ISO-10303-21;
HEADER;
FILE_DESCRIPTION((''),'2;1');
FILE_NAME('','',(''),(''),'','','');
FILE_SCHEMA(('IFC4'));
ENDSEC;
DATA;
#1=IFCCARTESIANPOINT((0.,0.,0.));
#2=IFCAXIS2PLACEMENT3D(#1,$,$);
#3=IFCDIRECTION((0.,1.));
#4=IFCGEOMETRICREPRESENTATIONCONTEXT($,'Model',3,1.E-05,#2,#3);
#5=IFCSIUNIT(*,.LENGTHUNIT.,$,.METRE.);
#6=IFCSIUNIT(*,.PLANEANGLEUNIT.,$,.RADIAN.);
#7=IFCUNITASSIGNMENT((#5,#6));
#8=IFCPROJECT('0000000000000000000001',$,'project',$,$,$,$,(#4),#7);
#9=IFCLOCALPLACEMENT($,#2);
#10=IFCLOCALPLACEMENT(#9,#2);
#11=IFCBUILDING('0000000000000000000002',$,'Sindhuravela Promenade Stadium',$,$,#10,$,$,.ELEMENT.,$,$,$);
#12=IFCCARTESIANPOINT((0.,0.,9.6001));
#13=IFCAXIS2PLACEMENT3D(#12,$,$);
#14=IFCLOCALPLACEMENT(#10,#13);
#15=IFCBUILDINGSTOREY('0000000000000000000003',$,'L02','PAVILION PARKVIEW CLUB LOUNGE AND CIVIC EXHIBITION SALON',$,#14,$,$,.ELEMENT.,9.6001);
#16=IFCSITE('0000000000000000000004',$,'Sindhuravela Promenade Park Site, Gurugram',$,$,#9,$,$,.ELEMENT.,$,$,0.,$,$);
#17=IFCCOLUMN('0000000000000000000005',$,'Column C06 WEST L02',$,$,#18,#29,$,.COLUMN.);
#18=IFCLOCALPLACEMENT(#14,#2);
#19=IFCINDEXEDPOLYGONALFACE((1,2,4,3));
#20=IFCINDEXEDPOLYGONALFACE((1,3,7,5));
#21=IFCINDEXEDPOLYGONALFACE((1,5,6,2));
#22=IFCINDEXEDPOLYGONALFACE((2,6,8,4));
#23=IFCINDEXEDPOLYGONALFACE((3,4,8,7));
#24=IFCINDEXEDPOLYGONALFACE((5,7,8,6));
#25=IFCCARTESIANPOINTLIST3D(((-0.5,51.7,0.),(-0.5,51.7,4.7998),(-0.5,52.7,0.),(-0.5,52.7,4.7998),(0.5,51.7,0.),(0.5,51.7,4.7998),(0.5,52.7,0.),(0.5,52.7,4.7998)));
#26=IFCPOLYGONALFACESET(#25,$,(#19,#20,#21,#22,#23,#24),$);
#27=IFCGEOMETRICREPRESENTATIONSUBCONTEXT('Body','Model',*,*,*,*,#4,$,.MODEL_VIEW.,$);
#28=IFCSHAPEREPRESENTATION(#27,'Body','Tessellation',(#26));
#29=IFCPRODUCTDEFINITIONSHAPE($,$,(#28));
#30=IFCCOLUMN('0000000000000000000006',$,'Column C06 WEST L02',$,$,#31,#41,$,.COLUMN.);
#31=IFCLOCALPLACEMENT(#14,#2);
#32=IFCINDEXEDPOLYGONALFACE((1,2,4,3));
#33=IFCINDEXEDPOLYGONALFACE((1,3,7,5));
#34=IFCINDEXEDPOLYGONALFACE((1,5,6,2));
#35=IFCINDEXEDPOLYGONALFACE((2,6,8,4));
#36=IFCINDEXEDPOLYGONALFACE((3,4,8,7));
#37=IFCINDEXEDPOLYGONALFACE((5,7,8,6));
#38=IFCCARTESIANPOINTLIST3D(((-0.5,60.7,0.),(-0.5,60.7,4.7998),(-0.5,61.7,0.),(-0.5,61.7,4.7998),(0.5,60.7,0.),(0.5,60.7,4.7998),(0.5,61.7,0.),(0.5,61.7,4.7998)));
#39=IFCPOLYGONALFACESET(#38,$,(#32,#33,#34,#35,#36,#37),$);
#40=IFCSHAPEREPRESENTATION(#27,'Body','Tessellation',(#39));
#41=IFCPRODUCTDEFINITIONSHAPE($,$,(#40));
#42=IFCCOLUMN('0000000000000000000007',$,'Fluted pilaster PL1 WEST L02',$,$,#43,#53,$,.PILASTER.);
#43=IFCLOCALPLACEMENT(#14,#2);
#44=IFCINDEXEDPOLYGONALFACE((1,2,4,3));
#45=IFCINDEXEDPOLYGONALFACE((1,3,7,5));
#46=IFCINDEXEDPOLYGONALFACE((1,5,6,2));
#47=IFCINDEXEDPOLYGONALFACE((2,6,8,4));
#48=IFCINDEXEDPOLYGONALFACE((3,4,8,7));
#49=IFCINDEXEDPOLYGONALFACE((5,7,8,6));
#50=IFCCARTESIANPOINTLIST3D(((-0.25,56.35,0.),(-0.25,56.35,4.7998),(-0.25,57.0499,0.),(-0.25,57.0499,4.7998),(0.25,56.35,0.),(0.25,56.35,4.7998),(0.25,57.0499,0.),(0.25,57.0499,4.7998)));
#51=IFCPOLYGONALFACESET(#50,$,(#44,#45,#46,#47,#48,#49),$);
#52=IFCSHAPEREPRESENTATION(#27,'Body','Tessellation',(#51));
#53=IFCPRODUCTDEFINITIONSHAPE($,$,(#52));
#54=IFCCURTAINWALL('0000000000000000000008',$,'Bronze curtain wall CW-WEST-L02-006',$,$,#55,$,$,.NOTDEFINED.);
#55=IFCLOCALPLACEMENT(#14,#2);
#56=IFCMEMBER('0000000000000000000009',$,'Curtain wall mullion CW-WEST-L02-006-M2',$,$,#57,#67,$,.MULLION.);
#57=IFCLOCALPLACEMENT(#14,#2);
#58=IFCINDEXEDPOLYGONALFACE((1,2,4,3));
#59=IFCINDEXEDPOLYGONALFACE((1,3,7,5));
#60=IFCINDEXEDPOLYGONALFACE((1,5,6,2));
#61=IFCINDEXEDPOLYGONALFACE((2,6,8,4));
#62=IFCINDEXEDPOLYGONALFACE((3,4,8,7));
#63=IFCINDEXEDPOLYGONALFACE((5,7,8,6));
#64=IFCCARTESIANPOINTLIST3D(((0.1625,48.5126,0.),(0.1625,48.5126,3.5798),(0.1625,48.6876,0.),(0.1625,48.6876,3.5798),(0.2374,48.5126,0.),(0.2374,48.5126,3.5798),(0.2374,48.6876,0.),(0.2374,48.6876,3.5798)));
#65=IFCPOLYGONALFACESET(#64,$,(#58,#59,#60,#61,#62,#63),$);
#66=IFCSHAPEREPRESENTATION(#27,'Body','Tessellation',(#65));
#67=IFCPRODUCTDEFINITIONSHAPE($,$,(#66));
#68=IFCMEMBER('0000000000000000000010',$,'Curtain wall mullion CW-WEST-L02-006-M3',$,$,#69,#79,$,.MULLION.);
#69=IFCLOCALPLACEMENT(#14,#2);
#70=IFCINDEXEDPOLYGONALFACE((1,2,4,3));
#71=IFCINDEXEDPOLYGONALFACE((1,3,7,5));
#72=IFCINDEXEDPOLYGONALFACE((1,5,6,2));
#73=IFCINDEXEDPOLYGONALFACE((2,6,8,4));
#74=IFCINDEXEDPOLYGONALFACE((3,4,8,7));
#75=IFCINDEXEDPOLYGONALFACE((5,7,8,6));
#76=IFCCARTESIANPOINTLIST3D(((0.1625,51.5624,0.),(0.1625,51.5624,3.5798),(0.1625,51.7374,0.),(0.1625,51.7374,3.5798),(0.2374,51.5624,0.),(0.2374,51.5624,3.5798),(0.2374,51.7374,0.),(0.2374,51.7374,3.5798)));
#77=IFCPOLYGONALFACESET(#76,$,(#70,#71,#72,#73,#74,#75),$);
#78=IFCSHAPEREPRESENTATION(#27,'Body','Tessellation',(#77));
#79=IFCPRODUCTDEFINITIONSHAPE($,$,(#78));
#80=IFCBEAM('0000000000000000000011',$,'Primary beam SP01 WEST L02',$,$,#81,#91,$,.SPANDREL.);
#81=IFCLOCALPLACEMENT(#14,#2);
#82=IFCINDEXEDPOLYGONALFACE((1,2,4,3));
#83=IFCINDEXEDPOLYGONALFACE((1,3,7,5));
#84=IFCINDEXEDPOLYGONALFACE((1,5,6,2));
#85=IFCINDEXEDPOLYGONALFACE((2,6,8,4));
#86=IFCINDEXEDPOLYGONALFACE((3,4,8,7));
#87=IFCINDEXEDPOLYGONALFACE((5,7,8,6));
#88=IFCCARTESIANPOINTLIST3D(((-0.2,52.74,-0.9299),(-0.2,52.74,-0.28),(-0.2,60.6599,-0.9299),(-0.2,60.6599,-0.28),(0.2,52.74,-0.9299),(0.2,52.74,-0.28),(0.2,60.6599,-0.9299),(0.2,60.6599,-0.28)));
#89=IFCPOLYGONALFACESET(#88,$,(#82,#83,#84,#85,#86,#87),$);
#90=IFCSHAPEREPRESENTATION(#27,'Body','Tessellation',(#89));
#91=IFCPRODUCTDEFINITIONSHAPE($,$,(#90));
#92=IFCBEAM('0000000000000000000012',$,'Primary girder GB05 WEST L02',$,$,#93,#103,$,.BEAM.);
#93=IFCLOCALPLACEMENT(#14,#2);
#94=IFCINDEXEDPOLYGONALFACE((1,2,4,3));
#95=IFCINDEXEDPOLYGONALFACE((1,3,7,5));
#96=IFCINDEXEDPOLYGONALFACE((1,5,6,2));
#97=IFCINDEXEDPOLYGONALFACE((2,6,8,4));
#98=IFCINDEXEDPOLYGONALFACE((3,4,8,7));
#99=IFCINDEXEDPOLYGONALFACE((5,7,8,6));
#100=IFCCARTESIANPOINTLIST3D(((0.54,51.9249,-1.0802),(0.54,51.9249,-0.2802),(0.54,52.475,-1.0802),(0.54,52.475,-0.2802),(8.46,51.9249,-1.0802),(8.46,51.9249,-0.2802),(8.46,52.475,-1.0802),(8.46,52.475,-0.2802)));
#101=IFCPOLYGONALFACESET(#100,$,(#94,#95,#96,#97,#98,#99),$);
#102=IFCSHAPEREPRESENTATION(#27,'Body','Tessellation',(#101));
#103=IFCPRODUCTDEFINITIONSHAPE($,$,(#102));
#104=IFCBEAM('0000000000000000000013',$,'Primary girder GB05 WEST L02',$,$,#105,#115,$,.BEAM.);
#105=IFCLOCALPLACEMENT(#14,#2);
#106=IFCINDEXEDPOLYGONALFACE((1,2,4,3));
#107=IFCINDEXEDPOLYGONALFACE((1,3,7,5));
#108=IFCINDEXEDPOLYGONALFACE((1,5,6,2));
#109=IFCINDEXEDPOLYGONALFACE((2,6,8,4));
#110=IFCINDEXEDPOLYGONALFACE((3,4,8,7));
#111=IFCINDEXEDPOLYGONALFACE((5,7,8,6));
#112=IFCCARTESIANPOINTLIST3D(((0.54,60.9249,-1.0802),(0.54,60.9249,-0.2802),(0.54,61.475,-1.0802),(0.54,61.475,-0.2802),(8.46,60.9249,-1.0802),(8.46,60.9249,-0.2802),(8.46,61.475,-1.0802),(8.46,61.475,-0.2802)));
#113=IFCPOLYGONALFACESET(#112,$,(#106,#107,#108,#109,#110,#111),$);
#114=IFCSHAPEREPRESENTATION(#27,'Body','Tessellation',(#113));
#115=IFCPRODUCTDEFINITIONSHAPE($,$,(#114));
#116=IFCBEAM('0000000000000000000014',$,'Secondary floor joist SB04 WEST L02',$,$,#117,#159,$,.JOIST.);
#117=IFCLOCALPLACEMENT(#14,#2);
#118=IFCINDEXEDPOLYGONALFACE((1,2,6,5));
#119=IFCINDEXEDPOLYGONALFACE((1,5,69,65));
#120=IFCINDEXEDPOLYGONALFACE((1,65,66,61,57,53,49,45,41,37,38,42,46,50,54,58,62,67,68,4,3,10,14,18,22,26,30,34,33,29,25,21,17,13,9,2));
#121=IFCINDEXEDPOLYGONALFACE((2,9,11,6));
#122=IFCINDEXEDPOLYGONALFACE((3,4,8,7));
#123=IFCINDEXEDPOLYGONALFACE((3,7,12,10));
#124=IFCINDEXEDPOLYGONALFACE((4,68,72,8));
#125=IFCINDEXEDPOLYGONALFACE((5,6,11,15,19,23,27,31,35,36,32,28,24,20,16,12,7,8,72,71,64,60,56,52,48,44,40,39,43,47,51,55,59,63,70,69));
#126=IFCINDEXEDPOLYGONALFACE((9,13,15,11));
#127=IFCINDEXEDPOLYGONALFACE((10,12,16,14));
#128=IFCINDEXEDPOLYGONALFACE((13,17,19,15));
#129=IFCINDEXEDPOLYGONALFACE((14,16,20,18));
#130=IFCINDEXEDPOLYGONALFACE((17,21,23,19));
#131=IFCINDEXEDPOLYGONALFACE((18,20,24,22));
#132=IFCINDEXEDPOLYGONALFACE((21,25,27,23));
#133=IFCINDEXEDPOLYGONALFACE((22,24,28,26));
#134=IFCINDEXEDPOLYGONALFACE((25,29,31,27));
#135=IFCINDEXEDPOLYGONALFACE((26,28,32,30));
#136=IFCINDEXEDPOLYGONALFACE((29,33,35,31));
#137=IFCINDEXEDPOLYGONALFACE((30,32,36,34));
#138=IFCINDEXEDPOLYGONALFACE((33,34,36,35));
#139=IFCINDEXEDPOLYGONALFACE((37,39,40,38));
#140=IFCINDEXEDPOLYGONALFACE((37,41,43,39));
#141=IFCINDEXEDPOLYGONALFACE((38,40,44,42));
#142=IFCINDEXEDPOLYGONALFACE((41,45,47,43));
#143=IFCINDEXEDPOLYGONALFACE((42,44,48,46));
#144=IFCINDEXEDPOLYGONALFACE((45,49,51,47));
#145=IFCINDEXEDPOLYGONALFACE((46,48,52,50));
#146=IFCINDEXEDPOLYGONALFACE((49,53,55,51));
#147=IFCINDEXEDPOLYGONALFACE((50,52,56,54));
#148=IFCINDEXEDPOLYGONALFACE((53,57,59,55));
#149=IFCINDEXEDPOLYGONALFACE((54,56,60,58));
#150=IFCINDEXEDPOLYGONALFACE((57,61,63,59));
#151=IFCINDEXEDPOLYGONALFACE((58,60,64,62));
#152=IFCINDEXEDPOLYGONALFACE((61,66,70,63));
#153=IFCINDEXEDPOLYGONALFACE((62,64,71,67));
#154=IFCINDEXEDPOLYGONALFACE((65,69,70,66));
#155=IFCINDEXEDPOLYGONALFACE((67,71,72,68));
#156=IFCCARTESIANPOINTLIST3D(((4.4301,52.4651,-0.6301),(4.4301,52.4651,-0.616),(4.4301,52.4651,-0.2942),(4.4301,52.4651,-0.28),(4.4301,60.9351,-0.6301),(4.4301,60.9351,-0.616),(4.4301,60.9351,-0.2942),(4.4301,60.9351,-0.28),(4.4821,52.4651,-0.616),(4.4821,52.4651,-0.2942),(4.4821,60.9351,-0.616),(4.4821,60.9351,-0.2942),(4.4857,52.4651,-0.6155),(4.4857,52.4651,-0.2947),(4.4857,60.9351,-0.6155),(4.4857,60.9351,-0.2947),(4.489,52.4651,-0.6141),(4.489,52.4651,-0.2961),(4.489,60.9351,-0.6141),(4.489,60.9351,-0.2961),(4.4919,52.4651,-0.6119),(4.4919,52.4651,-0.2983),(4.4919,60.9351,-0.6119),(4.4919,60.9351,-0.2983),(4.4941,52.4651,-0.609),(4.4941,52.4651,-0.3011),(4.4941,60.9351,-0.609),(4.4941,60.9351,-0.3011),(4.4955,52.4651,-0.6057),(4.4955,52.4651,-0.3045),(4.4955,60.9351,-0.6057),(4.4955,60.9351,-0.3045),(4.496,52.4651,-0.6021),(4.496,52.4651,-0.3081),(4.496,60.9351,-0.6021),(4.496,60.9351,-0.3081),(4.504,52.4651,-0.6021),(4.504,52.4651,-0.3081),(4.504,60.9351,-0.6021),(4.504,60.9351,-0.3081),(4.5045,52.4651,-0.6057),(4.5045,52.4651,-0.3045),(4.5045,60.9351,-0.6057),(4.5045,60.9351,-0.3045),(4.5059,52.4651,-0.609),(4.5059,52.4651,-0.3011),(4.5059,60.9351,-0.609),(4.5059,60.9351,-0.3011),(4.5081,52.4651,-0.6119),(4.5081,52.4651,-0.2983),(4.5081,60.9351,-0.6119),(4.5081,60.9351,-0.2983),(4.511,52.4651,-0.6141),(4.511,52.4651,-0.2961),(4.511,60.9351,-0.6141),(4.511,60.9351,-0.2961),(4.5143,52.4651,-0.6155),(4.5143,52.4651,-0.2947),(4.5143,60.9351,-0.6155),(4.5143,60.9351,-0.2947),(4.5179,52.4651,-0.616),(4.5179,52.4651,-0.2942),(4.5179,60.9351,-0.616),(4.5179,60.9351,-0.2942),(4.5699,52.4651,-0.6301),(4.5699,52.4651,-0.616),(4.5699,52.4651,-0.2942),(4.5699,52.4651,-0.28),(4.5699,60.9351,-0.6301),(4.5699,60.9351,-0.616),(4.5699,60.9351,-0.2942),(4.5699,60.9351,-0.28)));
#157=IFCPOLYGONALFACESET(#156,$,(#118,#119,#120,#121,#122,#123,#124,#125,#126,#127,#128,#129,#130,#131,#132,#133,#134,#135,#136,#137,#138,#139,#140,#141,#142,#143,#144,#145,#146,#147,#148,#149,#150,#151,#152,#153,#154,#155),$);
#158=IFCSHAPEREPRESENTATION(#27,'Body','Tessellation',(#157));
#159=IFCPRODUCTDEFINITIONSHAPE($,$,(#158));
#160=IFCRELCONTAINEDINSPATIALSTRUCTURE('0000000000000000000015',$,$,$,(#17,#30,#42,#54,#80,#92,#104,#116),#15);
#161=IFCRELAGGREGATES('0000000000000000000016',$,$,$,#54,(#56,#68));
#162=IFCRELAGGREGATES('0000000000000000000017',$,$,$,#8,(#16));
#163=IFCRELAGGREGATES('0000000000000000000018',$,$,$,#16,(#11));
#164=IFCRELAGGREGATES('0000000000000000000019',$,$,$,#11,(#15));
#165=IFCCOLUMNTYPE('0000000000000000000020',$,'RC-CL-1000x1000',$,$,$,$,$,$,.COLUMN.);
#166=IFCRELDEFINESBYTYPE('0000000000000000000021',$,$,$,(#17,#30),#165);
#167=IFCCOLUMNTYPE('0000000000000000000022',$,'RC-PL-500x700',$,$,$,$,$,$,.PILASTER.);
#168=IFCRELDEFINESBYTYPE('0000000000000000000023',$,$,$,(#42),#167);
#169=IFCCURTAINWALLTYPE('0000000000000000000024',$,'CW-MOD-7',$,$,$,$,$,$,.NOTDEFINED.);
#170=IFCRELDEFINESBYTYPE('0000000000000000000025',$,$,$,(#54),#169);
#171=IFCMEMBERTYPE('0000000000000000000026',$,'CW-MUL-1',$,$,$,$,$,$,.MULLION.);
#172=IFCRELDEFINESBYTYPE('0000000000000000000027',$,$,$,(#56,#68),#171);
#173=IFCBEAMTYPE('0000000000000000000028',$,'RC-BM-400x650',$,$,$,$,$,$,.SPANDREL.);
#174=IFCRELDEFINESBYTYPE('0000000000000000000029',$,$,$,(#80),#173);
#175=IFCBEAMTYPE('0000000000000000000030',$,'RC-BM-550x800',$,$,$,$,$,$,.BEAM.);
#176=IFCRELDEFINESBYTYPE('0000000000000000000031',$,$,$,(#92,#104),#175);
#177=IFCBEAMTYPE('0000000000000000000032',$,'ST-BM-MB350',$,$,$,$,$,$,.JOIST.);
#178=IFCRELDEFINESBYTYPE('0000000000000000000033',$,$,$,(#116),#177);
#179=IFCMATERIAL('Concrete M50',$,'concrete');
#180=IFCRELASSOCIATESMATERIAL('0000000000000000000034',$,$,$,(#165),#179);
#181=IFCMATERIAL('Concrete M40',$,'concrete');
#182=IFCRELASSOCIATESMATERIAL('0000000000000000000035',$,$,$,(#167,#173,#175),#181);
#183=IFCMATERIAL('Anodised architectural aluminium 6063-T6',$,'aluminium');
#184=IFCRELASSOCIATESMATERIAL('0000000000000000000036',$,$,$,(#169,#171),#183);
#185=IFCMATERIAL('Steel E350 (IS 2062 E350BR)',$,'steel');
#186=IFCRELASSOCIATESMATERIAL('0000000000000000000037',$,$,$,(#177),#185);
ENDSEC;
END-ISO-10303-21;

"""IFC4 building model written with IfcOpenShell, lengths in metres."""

from ifc_helpers import new_model, si_unit, direction, frame, origin, origin_2d, place, context, subcontext, project, spatial, rectangle, i_section, extrude, material, material_profile, profile_set, type_object, element, aggregate, save


model = new_model("IFC4")

# Units and contexts
model_context = context("Model", 3, precision=1e-05, world=origin(), true_north=direction((0.0, 1.0)))
body_context = subcontext(model_context, "Body", "Model", "MODEL_VIEW")
ifc_project = project(units=[si_unit("LENGTHUNIT", "METRE"), si_unit("PLANEANGLEUNIT", "RADIAN")], contexts=[model_context])

# Site, building, storey
site_placement = place(None, origin())
site = spatial("IfcSite", under=ifc_project, at=site_placement, Name="Sindhuravela Promenade Park Site, Gurugram", CompositionType="ELEMENT", RefElevation=0.0)
building_placement = place(site_placement, origin())
building = spatial("IfcBuilding", under=site, at=building_placement, Name="Sindhuravela Promenade Stadium", CompositionType="ELEMENT")
storey_placement = place(building_placement, frame((0.0, 0.0, 9.6001)))
storey = spatial("IfcBuildingStorey", under=building, at=storey_placement, Name="L02", Description="PAVILION PARKVIEW CLUB LOUNGE AND CIVIC EXHIBITION SALON", CompositionType="ELEMENT", Elevation=9.6001)

# Columns
ifc_material_1 = material(Name="Concrete M50", Category="concrete")
ifc_material_profile_1 = material_profile(ifc_material_1, rectangle(XDim=1.0, YDim=1.0, at=origin_2d()), Name="RC 1000x1000")
ifc_profile_set_1 = profile_set([ifc_material_profile_1], Name="Concrete M50")
column_type_1 = type_object("IfcColumnType", Name="RC-CL-1000x1000", PredefinedType="COLUMN", material=ifc_profile_set_1)
for number, where, z_axis, x_axis, name in (
    (1, (0.0, 52.2, 0.0), (0.0, 0.0, 1.0), (1.0, 0.0, 0.0), "Column C06 WEST L02"),
    (2, (0.0, 61.2, 0.0), (0.0, 0.0, 1.0), (1.0, 0.0, 0.0), "Column C06 WEST L02"),
):
    element("IfcColumn", number, at=place(storey_placement, frame(where, z_axis=z_axis, x_axis=x_axis)), inside=storey, type_object=column_type_1, Name=name, PredefinedType="COLUMN", context=body_context, shape_type="SweptSolid", body=[
        extrude(rectangle(XDim=1.0, YDim=1.0, at=origin_2d()), origin(), (0.0, 0.0, 1.0), 4.7998),
    ])
ifc_material_2 = material(Name="Concrete M40", Category="concrete")
ifc_material_profile_2 = material_profile(ifc_material_2, rectangle(XDim=0.5, YDim=0.7, at=origin_2d()), Name="PIL 500x700")
ifc_profile_set_2 = profile_set([ifc_material_profile_2], Name="Concrete M40")
column_type_2 = type_object("IfcColumnType", Name="RC-PL-500x700", PredefinedType="PILASTER", material=ifc_profile_set_2)
column_placement = place(storey_placement, frame((0.0, 56.7, 0.0), z_axis=(0.0, 0.0, 1.0), x_axis=(1.0, 0.0, 0.0)))
element("IfcColumn", 3, at=column_placement, inside=storey, type_object=column_type_2, Name="Fluted pilaster PL1 WEST L02", PredefinedType="PILASTER", context=body_context, shape_type="SweptSolid", body=[
    extrude(rectangle(XDim=0.5, YDim=0.7, at=origin_2d()), origin(), (0.0, 0.0, 1.0), 4.7998),
])

# Curtain wall, members
ifc_material_3 = material(Name="Anodised architectural aluminium 6063-T6", Category="aluminium")
curtain_wall_type = type_object("IfcCurtainWallType", Name="CW-MOD-7", PredefinedType="NOTDEFINED", material=ifc_material_3)
curtain_wall_placement = place(storey_placement, origin())
curtain_wall = element("IfcCurtainWall", 4, at=curtain_wall_placement, inside=storey, type_object=curtain_wall_type, Name="Bronze curtain wall CW-WEST-L02-006", PredefinedType="NOTDEFINED")
ifc_material_profile_3 = material_profile(ifc_material_3, rectangle(XDim=0.075, YDim=0.175, at=origin_2d()), Name="ALU MULL 75x175")
ifc_profile_set_3 = profile_set([ifc_material_profile_3], Name="Anodised architectural aluminium 6063-T6")
member_type = type_object("IfcMemberType", Name="CW-MUL-1", PredefinedType="MULLION", material=ifc_profile_set_3)
member_1_placement = place(storey_placement, frame((0.2, 48.6001, 0.0), z_axis=(0.0, 0.0, 1.0), x_axis=(1.0, 0.0, 0.0)))
member_1 = element("IfcMember", 5, at=member_1_placement, type_object=member_type, Name="Curtain wall mullion CW-WEST-L02-006-M2", PredefinedType="MULLION", context=body_context, shape_type="SweptSolid", body=[
    extrude(rectangle(XDim=0.075, YDim=0.175, at=origin_2d()), origin(), (0.0, 0.0, 1.0), 3.5798),
])
member_2_placement = place(storey_placement, frame((0.2, 51.6499, 0.0), z_axis=(0.0, 0.0, 1.0), x_axis=(1.0, 0.0, 0.0)))
member_2 = element("IfcMember", 6, at=member_2_placement, type_object=member_type, Name="Curtain wall mullion CW-WEST-L02-006-M3", PredefinedType="MULLION", context=body_context, shape_type="SweptSolid", body=[
    extrude(rectangle(XDim=0.075, YDim=0.175, at=origin_2d()), origin(), (0.0, 0.0, 1.0), 3.5798),
])

# Beams
ifc_material_profile_4 = material_profile(ifc_material_2, rectangle(XDim=0.3999, YDim=0.6499, at=origin_2d()), Name="RC 400x650")
ifc_profile_set_4 = profile_set([ifc_material_profile_4], Name="Concrete M40")
beam_type_1 = type_object("IfcBeamType", Name="RC-BM-400x650", PredefinedType="SPANDREL", material=ifc_profile_set_4)
beam_1_placement = place(storey_placement, frame((0.0, 52.74, -0.605), z_axis=(0.0, 1.0, 0.0), x_axis=(-1.0, 0.0, 0.0)))
element("IfcBeam", 7, at=beam_1_placement, inside=storey, type_object=beam_type_1, Name="Primary beam SP01 WEST L02", PredefinedType="SPANDREL", context=body_context, shape_type="SweptSolid", body=[
    extrude(rectangle(XDim=0.3999, YDim=0.6499, at=origin_2d()), origin(), (0.0, 0.0, 1.0), 7.9199),
])
ifc_material_profile_5 = material_profile(ifc_material_2, rectangle(XDim=0.55, YDim=0.8, at=origin_2d()), Name="RC 550x800")
ifc_profile_set_5 = profile_set([ifc_material_profile_5], Name="Concrete M40")
beam_type_2 = type_object("IfcBeamType", Name="RC-BM-550x800", PredefinedType="BEAM", material=ifc_profile_set_5)
for number, where, z_axis, x_axis, name in (
    (8, (0.54, 52.2, -0.6802), (1.0, 0.0, 0.0), (0.0, 1.0, 0.0), "Primary girder GB05 WEST L02"),
    (9, (0.54, 61.2, -0.6802), (1.0, 0.0, 0.0), (0.0, 1.0, 0.0), "Primary girder GB05 WEST L02"),
):
    element("IfcBeam", number, at=place(storey_placement, frame(where, z_axis=z_axis, x_axis=x_axis)), inside=storey, type_object=beam_type_2, Name=name, PredefinedType="BEAM", context=body_context, shape_type="SweptSolid", body=[
        extrude(rectangle(XDim=0.55, YDim=0.8, at=origin_2d()), origin(), (0.0, 0.0, 1.0), 7.9199),
    ])
ifc_material_4 = material(Name="Steel E350 (IS 2062 E350BR)", Category="steel")
ifc_material_profile_6 = material_profile(ifc_material_4, i_section(OverallWidth=0.1399, OverallDepth=0.3501, WebThickness=0.0081, FlangeThickness=0.0142, FilletRadius=0.0139, at=origin_2d()), Name="ISMB 350")
ifc_profile_set_6 = profile_set([ifc_material_profile_6], Name="Steel E350 (IS 2062 E350BR)")
beam_type_3 = type_object("IfcBeamType", Name="ST-BM-MB350", PredefinedType="JOIST", material=ifc_profile_set_6)
beam_2_placement = place(storey_placement, frame((4.5, 52.4651, -0.4551), z_axis=(0.0, 1.0, 0.0), x_axis=(-1.0, 0.0, 0.0)))
element("IfcBeam", 10, at=beam_2_placement, inside=storey, type_object=beam_type_3, Name="Secondary floor joist SB04 WEST L02", PredefinedType="JOIST", context=body_context, shape_type="SweptSolid", body=[
    extrude(i_section(OverallWidth=0.1399, OverallDepth=0.3501, WebThickness=0.0081, FlangeThickness=0.0142, FilletRadius=0.0139, at=origin_2d()), origin(), (0.0, 0.0, 1.0), 8.47),
])

aggregate(curtain_wall, [member_1, member_2])

save(model, "model.ifc")
